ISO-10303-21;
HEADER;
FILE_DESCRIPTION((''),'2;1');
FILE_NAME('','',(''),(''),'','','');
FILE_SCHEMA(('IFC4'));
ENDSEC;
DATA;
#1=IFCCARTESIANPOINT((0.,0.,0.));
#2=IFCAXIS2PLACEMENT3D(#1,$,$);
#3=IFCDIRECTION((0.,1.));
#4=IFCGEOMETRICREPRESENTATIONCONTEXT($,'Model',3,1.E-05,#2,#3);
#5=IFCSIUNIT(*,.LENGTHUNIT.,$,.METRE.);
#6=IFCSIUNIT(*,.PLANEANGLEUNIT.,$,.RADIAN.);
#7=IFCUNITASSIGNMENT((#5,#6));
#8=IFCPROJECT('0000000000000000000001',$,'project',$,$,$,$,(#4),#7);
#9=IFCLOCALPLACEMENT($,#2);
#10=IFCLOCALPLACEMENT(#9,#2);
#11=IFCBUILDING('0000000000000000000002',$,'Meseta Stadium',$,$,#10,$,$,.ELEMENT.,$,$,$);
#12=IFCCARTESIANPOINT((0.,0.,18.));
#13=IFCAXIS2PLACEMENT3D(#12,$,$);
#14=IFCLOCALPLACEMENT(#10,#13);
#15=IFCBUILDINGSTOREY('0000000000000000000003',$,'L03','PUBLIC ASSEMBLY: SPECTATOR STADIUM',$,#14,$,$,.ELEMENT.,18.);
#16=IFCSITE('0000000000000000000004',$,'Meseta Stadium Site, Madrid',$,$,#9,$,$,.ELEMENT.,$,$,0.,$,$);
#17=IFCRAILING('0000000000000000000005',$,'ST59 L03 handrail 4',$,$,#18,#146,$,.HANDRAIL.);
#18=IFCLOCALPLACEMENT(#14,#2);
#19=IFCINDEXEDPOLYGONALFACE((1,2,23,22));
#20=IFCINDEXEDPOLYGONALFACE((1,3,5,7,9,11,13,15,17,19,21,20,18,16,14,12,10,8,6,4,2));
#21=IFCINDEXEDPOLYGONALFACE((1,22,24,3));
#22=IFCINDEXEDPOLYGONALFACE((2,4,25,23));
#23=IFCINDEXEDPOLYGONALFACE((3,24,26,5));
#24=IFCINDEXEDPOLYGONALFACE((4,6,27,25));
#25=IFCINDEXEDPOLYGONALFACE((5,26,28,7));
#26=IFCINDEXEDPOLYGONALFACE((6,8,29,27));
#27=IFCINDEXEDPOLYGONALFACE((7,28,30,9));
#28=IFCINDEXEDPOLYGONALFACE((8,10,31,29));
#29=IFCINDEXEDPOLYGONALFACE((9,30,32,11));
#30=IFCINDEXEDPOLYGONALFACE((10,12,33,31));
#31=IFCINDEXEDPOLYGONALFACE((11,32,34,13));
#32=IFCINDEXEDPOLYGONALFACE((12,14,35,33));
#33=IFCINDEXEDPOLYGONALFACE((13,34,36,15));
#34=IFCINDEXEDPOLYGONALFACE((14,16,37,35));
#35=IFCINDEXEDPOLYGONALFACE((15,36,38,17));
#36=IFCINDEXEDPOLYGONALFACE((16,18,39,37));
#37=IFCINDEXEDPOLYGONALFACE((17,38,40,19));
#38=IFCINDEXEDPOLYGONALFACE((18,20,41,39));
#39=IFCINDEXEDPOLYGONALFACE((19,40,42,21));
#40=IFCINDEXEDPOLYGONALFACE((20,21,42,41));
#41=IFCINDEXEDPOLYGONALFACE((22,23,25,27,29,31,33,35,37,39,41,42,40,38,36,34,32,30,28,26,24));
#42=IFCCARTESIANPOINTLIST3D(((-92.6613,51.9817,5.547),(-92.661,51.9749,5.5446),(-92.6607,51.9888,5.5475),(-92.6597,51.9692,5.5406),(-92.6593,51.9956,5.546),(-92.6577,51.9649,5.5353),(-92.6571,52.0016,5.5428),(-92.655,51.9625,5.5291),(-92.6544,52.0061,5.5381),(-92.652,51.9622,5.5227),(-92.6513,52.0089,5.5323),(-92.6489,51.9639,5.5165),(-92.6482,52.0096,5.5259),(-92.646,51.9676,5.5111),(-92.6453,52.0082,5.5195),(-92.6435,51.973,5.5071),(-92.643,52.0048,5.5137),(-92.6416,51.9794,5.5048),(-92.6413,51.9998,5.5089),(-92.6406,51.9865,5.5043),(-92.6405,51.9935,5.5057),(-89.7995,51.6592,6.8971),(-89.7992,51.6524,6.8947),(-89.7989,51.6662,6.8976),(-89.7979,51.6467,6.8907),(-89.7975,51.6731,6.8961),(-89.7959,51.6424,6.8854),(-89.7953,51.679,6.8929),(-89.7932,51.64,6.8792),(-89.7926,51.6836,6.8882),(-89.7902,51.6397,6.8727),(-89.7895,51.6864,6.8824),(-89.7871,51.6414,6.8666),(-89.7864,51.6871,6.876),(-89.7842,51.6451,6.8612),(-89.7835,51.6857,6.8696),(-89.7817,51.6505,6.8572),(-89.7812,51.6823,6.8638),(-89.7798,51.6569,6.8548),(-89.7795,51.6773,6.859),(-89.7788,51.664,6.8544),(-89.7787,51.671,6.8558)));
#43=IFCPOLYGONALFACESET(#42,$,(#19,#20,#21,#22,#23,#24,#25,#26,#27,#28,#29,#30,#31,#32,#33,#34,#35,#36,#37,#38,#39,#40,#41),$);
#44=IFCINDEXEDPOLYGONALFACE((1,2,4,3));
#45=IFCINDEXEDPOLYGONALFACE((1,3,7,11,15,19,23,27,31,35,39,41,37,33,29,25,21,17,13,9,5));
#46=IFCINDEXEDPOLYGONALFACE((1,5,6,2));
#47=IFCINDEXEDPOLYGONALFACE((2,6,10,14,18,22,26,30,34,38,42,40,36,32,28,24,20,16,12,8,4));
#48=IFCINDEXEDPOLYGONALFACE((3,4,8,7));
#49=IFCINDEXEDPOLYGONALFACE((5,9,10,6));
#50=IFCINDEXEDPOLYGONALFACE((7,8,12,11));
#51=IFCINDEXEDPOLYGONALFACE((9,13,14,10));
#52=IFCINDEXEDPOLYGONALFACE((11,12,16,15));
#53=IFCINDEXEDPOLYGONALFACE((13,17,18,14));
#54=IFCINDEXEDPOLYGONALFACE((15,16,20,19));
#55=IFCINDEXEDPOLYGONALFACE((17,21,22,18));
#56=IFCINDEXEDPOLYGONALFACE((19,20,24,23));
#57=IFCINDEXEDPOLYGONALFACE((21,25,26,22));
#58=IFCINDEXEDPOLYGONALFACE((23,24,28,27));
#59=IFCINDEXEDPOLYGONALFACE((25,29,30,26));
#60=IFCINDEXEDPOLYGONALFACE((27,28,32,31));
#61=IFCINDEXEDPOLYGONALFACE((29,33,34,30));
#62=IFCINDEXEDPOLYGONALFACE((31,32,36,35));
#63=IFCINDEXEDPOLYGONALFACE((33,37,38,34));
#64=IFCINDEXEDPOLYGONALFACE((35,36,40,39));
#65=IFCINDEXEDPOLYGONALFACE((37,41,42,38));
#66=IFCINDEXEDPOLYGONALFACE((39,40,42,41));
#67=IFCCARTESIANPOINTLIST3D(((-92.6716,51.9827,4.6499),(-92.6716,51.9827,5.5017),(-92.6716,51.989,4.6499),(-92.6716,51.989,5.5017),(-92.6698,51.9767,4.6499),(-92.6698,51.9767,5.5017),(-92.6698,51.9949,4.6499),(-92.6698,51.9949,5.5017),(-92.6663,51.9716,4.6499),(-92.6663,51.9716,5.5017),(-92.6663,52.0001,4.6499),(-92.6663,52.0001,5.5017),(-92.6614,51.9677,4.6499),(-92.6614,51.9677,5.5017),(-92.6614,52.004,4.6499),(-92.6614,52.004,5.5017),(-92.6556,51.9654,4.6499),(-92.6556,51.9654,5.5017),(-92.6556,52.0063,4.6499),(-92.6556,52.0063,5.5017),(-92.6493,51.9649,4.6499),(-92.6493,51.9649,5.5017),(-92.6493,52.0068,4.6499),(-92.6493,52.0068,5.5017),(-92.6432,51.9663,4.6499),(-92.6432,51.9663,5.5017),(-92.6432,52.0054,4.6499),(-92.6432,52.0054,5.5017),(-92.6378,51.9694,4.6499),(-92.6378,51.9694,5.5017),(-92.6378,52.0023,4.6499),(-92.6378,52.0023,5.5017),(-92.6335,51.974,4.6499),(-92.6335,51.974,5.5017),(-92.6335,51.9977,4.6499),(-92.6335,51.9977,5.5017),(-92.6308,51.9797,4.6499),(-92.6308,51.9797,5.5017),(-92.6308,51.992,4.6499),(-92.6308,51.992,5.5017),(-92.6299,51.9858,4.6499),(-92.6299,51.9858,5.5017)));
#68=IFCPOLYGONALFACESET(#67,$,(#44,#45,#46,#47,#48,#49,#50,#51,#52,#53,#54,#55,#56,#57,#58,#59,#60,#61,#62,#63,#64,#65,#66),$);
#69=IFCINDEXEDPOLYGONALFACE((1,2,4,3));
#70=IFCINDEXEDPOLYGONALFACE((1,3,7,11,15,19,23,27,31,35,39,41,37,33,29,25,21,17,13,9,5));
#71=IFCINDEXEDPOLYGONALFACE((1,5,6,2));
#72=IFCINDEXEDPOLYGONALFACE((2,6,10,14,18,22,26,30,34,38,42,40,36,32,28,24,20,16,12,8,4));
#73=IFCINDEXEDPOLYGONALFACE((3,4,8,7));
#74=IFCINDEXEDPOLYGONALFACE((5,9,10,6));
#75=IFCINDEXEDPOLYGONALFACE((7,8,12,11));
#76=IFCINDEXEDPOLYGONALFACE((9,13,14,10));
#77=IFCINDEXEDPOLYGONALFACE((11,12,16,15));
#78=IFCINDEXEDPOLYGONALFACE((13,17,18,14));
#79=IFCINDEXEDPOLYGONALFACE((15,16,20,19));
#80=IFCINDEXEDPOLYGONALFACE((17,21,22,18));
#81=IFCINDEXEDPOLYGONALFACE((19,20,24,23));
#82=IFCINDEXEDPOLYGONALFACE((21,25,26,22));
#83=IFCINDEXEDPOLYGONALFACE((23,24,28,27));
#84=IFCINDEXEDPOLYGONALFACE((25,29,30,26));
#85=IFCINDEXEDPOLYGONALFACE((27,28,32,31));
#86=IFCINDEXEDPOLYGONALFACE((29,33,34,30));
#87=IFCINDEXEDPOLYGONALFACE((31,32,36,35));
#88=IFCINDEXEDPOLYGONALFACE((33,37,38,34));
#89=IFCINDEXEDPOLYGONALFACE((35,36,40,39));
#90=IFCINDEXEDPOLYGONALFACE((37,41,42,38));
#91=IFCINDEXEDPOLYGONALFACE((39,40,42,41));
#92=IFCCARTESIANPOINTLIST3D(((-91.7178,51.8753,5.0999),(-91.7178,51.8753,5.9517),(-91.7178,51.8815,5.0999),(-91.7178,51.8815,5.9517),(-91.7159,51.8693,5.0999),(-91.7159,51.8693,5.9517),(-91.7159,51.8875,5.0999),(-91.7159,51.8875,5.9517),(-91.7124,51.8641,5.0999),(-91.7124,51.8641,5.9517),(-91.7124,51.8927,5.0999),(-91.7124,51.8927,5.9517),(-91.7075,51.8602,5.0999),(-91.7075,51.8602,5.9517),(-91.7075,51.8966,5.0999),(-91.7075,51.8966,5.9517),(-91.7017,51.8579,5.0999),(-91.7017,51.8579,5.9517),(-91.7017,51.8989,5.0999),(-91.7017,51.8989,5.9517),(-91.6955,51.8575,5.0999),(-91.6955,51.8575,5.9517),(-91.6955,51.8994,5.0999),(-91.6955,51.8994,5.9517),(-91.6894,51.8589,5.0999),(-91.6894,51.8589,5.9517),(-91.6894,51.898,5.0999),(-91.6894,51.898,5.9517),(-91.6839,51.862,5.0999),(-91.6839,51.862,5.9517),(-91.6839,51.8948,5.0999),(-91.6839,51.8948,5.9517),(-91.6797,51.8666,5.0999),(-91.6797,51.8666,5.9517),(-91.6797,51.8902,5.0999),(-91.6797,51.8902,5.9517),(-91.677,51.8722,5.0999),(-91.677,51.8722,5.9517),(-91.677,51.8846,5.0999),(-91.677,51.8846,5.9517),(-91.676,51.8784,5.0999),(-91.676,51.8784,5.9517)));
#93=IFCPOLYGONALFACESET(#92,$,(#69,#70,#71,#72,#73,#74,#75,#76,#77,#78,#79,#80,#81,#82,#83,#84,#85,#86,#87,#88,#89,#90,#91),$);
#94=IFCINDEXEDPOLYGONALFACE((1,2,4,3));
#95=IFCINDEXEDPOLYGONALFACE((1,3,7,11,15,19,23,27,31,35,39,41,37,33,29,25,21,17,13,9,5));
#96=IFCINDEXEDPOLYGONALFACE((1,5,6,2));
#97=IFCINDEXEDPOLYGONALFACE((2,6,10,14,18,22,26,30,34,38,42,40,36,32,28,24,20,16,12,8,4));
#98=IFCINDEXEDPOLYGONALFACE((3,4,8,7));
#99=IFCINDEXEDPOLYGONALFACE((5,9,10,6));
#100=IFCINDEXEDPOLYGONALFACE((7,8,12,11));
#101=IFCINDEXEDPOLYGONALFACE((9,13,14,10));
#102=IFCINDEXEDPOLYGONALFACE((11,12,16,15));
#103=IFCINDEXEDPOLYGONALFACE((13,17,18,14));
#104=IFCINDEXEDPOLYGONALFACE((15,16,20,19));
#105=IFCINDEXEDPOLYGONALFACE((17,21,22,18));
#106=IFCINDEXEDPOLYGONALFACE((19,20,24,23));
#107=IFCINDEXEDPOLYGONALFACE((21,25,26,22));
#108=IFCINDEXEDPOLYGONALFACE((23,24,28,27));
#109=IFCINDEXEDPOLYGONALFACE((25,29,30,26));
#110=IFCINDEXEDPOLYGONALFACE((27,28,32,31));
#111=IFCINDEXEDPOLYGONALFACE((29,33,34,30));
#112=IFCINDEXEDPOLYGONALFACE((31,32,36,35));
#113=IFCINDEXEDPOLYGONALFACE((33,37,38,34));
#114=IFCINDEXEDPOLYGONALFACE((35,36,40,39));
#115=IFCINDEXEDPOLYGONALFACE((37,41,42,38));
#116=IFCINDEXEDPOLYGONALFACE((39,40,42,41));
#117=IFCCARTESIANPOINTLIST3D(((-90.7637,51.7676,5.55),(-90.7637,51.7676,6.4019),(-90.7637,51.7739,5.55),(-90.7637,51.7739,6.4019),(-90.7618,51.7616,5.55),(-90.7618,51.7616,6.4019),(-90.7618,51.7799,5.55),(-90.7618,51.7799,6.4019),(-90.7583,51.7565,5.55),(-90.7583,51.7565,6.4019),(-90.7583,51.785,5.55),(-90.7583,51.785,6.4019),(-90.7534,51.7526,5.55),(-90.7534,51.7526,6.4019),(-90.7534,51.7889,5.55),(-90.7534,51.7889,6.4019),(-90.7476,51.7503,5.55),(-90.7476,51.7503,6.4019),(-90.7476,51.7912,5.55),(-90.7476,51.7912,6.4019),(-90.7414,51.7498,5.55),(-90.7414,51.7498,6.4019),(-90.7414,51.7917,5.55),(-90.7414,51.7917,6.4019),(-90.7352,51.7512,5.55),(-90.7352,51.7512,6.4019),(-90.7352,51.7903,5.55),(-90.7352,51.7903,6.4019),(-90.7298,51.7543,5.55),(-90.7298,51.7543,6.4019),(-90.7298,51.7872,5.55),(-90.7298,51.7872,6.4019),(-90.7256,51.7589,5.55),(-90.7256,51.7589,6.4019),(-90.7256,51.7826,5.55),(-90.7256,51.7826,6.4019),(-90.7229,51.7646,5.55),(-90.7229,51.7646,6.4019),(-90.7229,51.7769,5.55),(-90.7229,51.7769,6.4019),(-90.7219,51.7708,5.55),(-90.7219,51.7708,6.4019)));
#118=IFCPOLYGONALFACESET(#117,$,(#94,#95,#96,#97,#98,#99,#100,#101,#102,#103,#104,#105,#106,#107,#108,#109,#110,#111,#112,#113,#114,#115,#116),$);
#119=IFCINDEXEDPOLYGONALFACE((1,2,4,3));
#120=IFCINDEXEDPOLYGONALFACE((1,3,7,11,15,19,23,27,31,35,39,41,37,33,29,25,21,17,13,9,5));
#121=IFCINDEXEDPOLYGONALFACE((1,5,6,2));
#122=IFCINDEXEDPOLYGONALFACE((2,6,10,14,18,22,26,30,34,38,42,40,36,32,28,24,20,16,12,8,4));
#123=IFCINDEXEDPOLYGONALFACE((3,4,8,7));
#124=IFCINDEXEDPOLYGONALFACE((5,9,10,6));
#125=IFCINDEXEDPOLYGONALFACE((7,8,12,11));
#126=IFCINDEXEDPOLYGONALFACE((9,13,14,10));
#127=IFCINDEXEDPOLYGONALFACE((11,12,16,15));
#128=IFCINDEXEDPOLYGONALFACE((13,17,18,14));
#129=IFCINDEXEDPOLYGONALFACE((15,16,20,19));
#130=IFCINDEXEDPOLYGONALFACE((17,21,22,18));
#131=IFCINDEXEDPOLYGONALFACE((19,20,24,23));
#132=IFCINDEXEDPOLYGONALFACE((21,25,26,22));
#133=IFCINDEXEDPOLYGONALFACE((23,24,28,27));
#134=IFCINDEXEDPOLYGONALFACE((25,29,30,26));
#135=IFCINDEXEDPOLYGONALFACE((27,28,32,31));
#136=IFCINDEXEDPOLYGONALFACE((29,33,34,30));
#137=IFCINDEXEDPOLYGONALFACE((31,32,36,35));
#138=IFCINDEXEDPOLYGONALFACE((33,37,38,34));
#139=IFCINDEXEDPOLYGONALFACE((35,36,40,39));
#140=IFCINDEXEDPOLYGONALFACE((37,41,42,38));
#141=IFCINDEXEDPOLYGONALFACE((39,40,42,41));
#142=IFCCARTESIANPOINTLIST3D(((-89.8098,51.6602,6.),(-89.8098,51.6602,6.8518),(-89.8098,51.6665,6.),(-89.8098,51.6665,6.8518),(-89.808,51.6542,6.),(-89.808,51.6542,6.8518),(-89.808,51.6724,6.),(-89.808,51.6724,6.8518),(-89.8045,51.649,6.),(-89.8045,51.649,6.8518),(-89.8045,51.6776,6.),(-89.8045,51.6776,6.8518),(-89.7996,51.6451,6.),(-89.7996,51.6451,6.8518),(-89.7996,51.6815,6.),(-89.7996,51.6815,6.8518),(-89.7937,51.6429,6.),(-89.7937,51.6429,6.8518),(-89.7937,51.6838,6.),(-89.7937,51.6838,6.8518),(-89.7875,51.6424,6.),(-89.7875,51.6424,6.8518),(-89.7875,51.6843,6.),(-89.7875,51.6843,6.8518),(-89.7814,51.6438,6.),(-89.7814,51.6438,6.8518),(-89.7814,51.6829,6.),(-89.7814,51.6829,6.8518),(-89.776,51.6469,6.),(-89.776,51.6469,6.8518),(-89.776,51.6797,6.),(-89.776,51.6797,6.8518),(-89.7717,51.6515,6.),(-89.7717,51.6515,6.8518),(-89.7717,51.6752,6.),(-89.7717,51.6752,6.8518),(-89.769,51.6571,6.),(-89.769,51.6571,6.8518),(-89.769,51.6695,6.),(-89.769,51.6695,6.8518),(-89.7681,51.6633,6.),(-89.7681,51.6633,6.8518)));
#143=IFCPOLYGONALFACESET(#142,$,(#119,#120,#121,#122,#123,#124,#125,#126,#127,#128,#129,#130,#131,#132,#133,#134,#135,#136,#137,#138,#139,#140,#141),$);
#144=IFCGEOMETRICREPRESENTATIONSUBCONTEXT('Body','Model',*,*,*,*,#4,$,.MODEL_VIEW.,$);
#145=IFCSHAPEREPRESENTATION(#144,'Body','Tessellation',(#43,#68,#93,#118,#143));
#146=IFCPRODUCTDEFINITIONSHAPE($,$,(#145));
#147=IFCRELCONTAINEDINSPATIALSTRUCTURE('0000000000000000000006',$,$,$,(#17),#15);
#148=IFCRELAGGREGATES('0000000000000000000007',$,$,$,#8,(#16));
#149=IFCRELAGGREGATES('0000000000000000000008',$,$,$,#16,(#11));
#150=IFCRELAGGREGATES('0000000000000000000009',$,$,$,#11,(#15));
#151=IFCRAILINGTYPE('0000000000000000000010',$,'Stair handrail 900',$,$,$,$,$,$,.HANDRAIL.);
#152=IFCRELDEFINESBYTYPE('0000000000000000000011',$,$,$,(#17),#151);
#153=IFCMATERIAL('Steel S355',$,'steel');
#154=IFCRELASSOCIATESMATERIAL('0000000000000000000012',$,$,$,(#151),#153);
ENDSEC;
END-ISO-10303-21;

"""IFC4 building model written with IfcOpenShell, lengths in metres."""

from ifc_helpers import new_model, si_unit, direction, frame, origin, origin_2d, place, context, subcontext, project, spatial, circle, extrude, material, type_object, element, save


model = new_model("IFC4")

# Units and contexts
model_context = context("Model", 3, precision=1e-05, world=origin(), true_north=direction((0.0, 1.0)))
body_context = subcontext(model_context, "Body", "Model", "MODEL_VIEW")
ifc_project = project(units=[si_unit("LENGTHUNIT", "METRE"), si_unit("PLANEANGLEUNIT", "RADIAN")], contexts=[model_context])

# Site, building, storey
site_placement = place(None, origin())
site = spatial("IfcSite", under=ifc_project, at=site_placement, Name="Meseta Stadium Site, Madrid", CompositionType="ELEMENT", RefElevation=0.0)
building_placement = place(site_placement, origin())
building = spatial("IfcBuilding", under=site, at=building_placement, Name="Meseta Stadium", CompositionType="ELEMENT")
storey_placement = place(building_placement, frame((0.0, 0.0, 18.0)))
storey = spatial("IfcBuildingStorey", under=building, at=storey_placement, Name="L03", Description="PUBLIC ASSEMBLY: SPECTATOR STADIUM", CompositionType="ELEMENT", Elevation=18.0)

# Railing
ifc_material_1 = material(Name="Steel S355", Category="steel")
railing_type_1 = type_object("IfcRailingType", Name="Stair handrail 900", PredefinedType="HANDRAIL", material=ifc_material_1)
for number, where, name in (
    (1, (-92.6509, 51.9858, 4.6499), "ST59 L03 handrail 4"),
):
    element("IfcRailing", number, at=place(storey_placement, frame(where)), inside=storey, type_object=railing_type_1, Name=name, PredefinedType="HANDRAIL", context=body_context, shape_type="SweptSolid", body=[
        extrude(circle(Radius=0.0239, at=origin_2d()), frame((0.0, 0.0, 0.876), z_axis=(0.899748, -0.101396, 0.424467), x_axis=(0.111985, 0.99371, 0.0)), (0.0, 0.0, 1.0), 3.1807),
        extrude(circle(Radius=0.021, at=origin_2d()), origin(), (0.0, 0.0, 1.0), 0.8518),
        extrude(circle(Radius=0.021, at=origin_2d()), frame((0.9539, -0.1074, 0.45)), (0.0, 0.0, 1.0), 0.8518),
        extrude(circle(Radius=0.021, at=origin_2d()), frame((1.908, -0.2151, 0.9001)), (0.0, 0.0, 1.0), 0.8518),
        extrude(circle(Radius=0.021, at=origin_2d()), frame((2.8618, -0.3225, 1.3501)), (0.0, 0.0, 1.0), 0.8518),
    ])

save(model, "model.ifc")
